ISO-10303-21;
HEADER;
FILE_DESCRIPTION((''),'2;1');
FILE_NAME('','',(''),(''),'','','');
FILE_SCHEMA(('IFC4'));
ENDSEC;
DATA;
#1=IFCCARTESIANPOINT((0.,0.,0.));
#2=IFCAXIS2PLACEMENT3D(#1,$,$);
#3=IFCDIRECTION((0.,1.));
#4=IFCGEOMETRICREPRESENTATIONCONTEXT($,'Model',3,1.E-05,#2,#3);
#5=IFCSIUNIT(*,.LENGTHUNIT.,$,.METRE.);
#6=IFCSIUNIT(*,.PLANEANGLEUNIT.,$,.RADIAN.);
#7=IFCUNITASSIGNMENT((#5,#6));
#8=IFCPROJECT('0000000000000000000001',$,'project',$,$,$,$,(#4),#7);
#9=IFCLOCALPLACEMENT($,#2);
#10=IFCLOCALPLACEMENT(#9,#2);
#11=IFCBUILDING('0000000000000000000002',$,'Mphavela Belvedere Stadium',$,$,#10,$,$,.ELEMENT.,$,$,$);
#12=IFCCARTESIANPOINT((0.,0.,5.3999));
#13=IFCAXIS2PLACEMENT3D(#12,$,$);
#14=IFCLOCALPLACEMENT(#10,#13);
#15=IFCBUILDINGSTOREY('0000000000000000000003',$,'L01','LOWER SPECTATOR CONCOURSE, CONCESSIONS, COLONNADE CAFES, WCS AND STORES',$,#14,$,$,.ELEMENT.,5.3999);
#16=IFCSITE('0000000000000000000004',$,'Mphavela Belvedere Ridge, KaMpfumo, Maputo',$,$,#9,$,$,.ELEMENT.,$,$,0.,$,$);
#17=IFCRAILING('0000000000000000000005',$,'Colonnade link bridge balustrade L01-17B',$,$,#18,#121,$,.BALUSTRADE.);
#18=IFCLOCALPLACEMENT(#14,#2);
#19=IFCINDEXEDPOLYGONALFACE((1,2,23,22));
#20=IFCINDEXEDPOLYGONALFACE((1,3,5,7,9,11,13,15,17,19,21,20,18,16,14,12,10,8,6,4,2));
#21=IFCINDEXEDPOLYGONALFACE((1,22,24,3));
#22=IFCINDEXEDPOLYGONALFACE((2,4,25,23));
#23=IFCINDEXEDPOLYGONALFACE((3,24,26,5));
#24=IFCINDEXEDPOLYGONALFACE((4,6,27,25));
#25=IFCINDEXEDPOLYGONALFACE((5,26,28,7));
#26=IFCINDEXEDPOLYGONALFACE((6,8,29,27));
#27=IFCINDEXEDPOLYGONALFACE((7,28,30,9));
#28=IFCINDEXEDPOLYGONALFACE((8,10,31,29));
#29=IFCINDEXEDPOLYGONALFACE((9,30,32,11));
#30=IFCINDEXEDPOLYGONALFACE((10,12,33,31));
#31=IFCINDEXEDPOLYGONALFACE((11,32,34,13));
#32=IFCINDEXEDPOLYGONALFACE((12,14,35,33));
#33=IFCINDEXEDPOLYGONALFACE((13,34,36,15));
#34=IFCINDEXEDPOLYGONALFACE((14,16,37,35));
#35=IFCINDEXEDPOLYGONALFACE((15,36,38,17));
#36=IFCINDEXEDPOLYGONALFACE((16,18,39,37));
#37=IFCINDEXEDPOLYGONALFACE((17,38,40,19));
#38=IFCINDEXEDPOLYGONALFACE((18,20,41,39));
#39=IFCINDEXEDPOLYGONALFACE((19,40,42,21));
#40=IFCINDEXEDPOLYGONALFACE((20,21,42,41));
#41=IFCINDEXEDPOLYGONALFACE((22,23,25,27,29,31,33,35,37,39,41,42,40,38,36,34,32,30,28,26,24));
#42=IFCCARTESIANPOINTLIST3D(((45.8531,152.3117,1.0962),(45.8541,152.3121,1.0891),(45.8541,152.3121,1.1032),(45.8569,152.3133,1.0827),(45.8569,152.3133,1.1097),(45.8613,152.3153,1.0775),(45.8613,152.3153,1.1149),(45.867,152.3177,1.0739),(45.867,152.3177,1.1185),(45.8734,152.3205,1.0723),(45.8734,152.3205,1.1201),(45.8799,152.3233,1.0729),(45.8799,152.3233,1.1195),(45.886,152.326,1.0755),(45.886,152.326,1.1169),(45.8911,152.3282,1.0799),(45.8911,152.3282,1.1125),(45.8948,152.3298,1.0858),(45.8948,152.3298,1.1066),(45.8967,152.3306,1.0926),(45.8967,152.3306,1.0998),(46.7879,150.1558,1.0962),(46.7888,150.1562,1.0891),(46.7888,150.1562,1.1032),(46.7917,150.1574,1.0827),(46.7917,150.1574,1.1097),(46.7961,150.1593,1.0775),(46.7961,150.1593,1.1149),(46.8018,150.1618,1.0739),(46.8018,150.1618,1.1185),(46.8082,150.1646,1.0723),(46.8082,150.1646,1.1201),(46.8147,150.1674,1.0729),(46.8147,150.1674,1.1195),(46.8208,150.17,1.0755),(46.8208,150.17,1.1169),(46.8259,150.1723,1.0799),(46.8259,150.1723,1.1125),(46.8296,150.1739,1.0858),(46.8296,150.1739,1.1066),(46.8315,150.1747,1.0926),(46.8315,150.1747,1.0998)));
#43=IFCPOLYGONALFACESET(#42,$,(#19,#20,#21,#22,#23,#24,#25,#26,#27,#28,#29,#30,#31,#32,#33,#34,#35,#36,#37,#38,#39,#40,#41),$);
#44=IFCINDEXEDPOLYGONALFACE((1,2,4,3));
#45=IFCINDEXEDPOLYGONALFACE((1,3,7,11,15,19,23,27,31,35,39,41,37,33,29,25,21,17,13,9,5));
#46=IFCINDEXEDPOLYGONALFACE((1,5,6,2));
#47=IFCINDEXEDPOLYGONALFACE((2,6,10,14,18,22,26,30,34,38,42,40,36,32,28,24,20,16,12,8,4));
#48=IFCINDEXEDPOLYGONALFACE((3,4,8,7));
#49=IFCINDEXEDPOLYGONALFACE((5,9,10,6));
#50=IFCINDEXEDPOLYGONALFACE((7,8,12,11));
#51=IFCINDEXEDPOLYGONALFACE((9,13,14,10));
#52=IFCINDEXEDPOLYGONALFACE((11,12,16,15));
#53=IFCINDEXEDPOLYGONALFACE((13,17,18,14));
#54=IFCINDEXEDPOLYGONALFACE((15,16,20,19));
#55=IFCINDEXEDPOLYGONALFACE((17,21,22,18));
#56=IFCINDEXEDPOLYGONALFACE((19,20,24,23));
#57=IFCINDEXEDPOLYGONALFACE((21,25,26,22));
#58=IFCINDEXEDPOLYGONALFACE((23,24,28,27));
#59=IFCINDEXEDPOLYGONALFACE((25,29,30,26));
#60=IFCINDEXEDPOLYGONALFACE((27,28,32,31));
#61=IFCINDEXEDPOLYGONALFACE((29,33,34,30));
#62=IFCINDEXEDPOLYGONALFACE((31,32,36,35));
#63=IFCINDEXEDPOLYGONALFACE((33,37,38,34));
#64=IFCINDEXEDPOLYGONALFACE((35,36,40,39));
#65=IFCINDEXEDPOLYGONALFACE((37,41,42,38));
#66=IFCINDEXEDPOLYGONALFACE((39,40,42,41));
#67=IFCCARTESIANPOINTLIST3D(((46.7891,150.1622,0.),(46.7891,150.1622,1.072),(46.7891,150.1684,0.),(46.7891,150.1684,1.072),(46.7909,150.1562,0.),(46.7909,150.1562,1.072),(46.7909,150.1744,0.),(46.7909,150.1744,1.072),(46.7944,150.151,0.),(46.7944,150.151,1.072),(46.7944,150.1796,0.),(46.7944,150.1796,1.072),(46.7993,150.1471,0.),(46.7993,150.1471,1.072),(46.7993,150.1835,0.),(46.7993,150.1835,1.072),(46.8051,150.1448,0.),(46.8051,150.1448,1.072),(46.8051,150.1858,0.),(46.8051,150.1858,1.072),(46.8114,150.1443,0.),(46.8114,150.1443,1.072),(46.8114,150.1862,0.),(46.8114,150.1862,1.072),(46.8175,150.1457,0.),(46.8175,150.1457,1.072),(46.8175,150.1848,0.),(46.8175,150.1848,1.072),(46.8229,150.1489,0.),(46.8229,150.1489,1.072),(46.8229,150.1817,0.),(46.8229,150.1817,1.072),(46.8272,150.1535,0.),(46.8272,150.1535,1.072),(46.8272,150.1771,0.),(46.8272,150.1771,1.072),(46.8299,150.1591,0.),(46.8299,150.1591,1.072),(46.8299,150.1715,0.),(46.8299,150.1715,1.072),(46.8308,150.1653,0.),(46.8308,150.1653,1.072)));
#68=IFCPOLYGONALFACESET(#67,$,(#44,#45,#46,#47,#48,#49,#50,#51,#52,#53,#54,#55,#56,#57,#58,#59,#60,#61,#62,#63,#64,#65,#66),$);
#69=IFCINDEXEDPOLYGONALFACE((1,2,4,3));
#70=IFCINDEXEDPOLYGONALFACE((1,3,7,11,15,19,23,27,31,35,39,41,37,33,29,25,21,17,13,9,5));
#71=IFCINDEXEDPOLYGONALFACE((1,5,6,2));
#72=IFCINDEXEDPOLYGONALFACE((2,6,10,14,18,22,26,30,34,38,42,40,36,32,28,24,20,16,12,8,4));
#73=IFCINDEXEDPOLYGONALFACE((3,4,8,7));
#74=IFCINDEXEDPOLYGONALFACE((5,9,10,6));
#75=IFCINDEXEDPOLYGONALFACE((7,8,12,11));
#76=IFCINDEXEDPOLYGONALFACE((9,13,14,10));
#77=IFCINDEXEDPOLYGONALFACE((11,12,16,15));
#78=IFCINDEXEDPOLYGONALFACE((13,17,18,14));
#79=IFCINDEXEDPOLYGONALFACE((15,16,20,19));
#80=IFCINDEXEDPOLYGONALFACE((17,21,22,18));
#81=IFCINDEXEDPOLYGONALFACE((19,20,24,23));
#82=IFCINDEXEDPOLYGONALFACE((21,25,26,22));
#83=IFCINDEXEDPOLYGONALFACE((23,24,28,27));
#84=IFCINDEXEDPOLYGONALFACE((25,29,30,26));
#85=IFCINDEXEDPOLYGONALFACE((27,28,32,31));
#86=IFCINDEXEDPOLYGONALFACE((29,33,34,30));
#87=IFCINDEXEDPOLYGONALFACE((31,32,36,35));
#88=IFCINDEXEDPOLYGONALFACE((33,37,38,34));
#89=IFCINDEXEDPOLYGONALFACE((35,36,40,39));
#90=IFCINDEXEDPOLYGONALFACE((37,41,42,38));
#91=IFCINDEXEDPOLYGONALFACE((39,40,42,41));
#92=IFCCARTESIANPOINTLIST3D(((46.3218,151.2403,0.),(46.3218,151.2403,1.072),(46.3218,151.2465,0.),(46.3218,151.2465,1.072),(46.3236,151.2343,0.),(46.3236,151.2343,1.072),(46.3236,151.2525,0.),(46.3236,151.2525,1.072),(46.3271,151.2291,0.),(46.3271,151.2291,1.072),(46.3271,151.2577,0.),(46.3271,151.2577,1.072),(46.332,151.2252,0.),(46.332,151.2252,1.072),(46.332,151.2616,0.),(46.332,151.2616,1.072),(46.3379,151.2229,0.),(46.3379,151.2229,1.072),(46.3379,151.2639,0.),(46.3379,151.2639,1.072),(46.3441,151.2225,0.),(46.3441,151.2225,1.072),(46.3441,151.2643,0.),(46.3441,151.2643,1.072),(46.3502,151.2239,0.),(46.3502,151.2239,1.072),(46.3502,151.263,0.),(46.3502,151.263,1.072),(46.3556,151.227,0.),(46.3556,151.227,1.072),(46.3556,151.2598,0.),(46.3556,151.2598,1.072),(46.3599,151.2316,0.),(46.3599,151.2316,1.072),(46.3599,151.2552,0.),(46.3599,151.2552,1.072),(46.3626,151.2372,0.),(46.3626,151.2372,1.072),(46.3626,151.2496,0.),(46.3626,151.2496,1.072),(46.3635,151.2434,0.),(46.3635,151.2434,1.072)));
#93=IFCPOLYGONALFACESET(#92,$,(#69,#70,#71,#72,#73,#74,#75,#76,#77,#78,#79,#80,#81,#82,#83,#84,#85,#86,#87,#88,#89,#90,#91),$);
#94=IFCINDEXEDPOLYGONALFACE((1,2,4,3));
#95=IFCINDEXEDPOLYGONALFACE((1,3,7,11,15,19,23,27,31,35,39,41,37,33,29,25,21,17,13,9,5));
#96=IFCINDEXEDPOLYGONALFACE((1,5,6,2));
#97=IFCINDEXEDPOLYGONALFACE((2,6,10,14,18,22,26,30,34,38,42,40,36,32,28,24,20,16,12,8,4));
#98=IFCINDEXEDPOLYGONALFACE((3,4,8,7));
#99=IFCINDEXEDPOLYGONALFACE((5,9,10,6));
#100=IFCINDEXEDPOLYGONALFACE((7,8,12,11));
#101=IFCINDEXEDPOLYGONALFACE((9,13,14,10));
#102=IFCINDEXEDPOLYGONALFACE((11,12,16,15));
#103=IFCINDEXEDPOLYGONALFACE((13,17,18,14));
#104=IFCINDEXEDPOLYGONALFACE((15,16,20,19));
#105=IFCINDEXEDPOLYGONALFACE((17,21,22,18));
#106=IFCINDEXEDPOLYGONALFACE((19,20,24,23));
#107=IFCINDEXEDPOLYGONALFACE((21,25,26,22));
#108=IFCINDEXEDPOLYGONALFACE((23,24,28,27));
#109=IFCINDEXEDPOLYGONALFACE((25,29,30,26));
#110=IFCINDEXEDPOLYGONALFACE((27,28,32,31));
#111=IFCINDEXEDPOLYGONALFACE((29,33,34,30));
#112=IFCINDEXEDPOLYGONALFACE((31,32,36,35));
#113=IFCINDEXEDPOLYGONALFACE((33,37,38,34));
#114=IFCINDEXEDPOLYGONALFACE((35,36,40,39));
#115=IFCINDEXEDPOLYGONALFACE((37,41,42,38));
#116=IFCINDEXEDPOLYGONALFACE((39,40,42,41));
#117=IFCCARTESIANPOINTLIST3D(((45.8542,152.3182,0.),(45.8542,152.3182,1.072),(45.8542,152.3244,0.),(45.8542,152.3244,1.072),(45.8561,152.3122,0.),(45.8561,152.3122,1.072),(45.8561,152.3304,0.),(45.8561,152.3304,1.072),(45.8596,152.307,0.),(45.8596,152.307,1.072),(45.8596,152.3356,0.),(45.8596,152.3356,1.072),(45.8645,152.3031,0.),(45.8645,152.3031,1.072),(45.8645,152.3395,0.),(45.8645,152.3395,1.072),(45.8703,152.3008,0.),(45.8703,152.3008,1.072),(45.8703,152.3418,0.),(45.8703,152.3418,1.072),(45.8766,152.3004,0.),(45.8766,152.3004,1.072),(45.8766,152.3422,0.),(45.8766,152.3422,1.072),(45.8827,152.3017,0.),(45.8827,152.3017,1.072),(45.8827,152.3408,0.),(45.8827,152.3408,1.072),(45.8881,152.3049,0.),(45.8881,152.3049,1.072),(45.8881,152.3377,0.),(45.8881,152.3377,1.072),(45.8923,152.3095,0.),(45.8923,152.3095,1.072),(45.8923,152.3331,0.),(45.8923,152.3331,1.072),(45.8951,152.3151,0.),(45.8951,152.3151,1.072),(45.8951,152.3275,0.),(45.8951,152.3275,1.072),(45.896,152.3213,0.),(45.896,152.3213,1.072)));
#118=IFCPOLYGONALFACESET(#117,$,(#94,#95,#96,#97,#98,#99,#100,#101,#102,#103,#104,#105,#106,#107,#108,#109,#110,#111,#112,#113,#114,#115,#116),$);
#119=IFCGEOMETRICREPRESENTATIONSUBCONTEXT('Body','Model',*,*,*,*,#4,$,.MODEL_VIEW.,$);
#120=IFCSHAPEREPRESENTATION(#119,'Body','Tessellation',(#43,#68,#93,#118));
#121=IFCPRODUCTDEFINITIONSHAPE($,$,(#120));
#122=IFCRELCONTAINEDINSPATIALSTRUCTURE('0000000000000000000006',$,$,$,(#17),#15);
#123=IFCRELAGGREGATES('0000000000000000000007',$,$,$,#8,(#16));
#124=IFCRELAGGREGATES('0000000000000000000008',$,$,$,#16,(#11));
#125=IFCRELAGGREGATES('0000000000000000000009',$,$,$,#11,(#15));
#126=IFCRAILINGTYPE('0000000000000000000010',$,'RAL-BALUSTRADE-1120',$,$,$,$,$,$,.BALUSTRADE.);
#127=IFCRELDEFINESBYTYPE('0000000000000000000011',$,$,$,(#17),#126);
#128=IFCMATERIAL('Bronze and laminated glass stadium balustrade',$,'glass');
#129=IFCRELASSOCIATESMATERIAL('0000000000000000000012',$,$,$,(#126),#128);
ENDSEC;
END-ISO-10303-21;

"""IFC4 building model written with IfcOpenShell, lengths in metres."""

from ifc_helpers import new_model, si_unit, direction, frame, origin, origin_2d, place, context, subcontext, project, spatial, circle, extrude, material, type_object, element, save


model = new_model("IFC4")

# Units and contexts
model_context = context("Model", 3, precision=1e-05, world=origin(), true_north=direction((0.0, 1.0)))
body_context = subcontext(model_context, "Body", "Model", "MODEL_VIEW")
ifc_project = project(units=[si_unit("LENGTHUNIT", "METRE"), si_unit("PLANEANGLEUNIT", "RADIAN")], contexts=[model_context])

# Site, building, storey
site_placement = place(None, origin())
site = spatial("IfcSite", under=ifc_project, at=site_placement, Name="Mphavela Belvedere Ridge, KaMpfumo, Maputo", CompositionType="ELEMENT", RefElevation=0.0)
building_placement = place(site_placement, origin())
building = spatial("IfcBuilding", under=site, at=building_placement, Name="Mphavela Belvedere Stadium", CompositionType="ELEMENT")
storey_placement = place(building_placement, frame((0.0, 0.0, 5.3999)))
storey = spatial("IfcBuildingStorey", under=building, at=storey_placement, Name="L01", Description="LOWER SPECTATOR CONCOURSE, CONCESSIONS, COLONNADE CAFES, WCS AND STORES", CompositionType="ELEMENT", Elevation=5.3999)

# Railing
ifc_material_1 = material(Name="Bronze and laminated glass stadium balustrade", Category="glass")
railing_type = type_object("IfcRailingType", Name="RAL-BALUSTRADE-1120", PredefinedType="BALUSTRADE", material=ifc_material_1)
railing_1_placement = place(storey_placement, frame((46.8098, 150.1653, 0.0)))
element("IfcRailing", 1, at=railing_1_placement, inside=storey, type_object=railing_type, Name="Colonnade link bridge balustrade L01-17B", PredefinedType="BALUSTRADE", context=body_context, shape_type="SweptSolid", body=[
    extrude(circle(Radius=0.0239, at=origin_2d()), frame((0.0, 0.0, 1.0962), z_axis=(-0.397803, 0.917471, 0.0), x_axis=(-0.917471, -0.397803, 0.0)), (0.0, 0.0, 1.0), 2.3499),
    extrude(circle(Radius=0.021, at=origin_2d()), origin(), (0.0, 0.0, 1.0), 1.072),
    extrude(circle(Radius=0.021, at=origin_2d()), frame((-0.4673, 1.0781, 0.0)), (0.0, 0.0, 1.0), 1.072),
    extrude(circle(Radius=0.021, at=origin_2d()), frame((-0.9348, 2.156, 0.0)), (0.0, 0.0, 1.0), 1.072),
])

save(model, "model.ifc")
